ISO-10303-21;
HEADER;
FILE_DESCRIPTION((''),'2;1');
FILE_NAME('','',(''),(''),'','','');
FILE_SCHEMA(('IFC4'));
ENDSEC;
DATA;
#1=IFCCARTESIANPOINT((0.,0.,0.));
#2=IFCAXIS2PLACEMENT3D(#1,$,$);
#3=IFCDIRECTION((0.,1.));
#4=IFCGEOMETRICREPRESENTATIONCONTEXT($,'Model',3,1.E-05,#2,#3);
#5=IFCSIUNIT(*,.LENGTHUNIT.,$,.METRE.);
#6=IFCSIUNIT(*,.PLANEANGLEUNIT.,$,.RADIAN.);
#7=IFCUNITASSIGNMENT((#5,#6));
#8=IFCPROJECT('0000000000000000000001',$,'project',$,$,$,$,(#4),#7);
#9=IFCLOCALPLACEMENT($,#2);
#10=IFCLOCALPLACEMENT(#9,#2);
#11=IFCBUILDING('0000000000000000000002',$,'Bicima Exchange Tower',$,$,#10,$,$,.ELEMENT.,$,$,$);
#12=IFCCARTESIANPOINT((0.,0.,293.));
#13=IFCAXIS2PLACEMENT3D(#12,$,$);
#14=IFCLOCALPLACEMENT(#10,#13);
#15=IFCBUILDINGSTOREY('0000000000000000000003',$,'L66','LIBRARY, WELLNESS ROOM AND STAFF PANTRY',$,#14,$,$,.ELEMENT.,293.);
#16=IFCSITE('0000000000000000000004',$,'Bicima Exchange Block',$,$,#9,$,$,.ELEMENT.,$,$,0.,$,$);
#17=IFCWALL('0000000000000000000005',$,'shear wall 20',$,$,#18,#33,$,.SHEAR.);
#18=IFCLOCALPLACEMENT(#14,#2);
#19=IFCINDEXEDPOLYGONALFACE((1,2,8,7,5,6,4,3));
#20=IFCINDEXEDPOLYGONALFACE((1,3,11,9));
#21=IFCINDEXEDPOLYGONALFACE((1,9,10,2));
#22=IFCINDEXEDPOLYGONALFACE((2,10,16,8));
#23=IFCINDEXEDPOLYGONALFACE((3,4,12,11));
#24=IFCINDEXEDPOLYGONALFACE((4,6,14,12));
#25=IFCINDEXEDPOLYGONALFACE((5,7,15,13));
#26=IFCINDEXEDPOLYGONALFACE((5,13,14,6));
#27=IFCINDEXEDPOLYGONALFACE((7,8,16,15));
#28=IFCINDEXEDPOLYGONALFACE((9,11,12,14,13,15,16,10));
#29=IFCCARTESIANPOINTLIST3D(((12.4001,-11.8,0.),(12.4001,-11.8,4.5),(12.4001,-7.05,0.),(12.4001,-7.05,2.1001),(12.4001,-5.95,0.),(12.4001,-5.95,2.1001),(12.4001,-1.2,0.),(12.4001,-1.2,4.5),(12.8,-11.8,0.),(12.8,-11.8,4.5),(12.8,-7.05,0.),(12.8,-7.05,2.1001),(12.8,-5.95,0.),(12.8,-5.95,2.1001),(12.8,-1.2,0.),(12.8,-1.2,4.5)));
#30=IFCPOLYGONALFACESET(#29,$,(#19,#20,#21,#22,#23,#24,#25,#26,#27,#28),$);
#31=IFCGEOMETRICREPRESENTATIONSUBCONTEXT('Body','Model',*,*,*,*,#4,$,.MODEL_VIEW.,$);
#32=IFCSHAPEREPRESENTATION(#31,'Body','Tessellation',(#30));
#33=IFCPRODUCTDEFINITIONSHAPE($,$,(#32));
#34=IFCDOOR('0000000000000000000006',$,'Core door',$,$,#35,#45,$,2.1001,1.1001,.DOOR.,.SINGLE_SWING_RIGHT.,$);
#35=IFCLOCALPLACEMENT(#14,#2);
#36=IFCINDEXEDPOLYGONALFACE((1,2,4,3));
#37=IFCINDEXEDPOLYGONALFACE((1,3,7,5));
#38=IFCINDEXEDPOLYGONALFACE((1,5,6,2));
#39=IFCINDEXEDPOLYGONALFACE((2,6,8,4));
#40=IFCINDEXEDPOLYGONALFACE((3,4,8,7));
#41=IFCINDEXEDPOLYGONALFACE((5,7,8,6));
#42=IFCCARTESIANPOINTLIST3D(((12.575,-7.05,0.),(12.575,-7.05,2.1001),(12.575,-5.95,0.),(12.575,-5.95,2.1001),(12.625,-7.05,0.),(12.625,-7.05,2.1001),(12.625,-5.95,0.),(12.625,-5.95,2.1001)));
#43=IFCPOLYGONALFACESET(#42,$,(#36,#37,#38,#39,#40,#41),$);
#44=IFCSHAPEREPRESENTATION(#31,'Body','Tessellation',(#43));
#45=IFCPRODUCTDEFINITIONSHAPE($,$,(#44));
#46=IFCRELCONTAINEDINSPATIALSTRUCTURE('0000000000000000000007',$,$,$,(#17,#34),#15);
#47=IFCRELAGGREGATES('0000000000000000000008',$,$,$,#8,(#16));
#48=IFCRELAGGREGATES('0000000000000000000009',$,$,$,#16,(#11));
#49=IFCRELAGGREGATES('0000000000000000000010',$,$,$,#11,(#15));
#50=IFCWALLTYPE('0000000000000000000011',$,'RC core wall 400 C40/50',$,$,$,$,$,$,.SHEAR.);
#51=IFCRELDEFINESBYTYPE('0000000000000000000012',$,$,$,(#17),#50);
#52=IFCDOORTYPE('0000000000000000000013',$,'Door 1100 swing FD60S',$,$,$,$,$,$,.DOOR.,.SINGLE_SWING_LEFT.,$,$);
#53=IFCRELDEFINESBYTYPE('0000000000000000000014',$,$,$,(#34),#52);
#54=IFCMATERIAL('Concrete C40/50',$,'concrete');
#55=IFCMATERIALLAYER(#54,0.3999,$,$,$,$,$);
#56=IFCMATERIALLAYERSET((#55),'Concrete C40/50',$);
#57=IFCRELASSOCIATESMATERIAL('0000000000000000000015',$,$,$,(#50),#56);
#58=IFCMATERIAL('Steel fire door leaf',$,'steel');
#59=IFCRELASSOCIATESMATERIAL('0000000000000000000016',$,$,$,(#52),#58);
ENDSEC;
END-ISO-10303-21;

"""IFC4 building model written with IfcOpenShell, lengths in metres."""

from ifc_helpers import new_model, si_unit, direction, frame, frame_2d, origin, place, context, subcontext, project, spatial, rectangle, extrude, material, layer, layer_set, type_object, element, fill, save


model = new_model("IFC4")

# Units and contexts
model_context = context("Model", 3, precision=1e-05, world=origin(), true_north=direction((0.0, 1.0)))
body_context = subcontext(model_context, "Body", "Model", "MODEL_VIEW")
ifc_project = project(units=[si_unit("LENGTHUNIT", "METRE"), si_unit("PLANEANGLEUNIT", "RADIAN")], contexts=[model_context])

# Site, building, storey
site_placement = place(None, origin())
site = spatial("IfcSite", under=ifc_project, at=site_placement, Name="Bicima Exchange Block", CompositionType="ELEMENT", RefElevation=0.0)
building_placement = place(site_placement, origin())
building = spatial("IfcBuilding", under=site, at=building_placement, Name="Bicima Exchange Tower", CompositionType="ELEMENT")
storey_placement = place(building_placement, frame((0.0, 0.0, 293.0)))
storey = spatial("IfcBuildingStorey", under=building, at=storey_placement, Name="L66", Description="LIBRARY, WELLNESS ROOM AND STAFF PANTRY", CompositionType="ELEMENT", Elevation=293.0)

# Wall, opening, door
ifc_material_1 = material(Name="Concrete C40/50", Category="concrete")
ifc_layer_1 = layer(ifc_material_1, 0.3999)
ifc_layer_set_1 = layer_set([ifc_layer_1], Name="Concrete C40/50")
wall_type_1 = type_object("IfcWallType", Name="RC core wall 400 C40/50", PredefinedType="SHEAR", material=ifc_layer_set_1)
wall_1_placement = place(storey_placement, frame((12.6001, -11.8, 0.0), z_axis=(0.0, 0.0, 1.0), x_axis=(0.0, 1.0, 0.0)))
wall_1 = element("IfcWall", 1, at=wall_1_placement, inside=storey, type_object=wall_type_1, Name="shear wall 20", PredefinedType="SHEAR", context=body_context, shape_type="SweptSolid", body=[
    extrude(rectangle(XDim=10.6001, YDim=0.3999, at=frame_2d((5.3, 0.0))), origin(), (0.0, 0.0, 1.0), 4.5),
])
opening_1_placement = place(wall_1_placement, frame((4.75, 0.0, 0.0)))
opening_1 = element("IfcOpeningElement", 2, at=opening_1_placement, cuts=wall_1, PredefinedType="OPENING", context=body_context, shape_type="SweptSolid", body=[
    extrude(rectangle(XDim=1.1001, YDim=2.1001, at=frame_2d((0.55, 1.05))), frame((0.0, 0.2119, 0.0), z_axis=(0.0, -1.0, 0.0), x_axis=(1.0, 0.0, 0.0)), (0.0, 0.0, 1.0), 0.4238),
])
ifc_material_2 = material(Name="Steel fire door leaf", Category="steel")
door_type_1 = type_object("IfcDoorType", Name="Door 1100 swing FD60S", OperationType="SINGLE_SWING_LEFT", PredefinedType="DOOR", material=ifc_material_2)
door_1_placement = place(opening_1_placement, frame((1.1001, 0.0, 0.0), z_axis=(0.0, 0.0, 1.0), x_axis=(-1.0, 0.0, 0.0)))
door_1 = element("IfcDoor", 3, at=door_1_placement, inside=storey, type_object=door_type_1, Name="Core door", OperationType="SINGLE_SWING_RIGHT", OverallHeight=2.1001, OverallWidth=1.1001, PredefinedType="DOOR", context=body_context, shape_type="SweptSolid", body=[
    extrude(rectangle(XDim=1.1001, YDim=2.1001, at=frame_2d((0.55, 1.05))), frame((0.0, 0.0249, 0.0), z_axis=(0.0, -1.0, 0.0), x_axis=(1.0, 0.0, 0.0)), (0.0, 0.0, 1.0), 0.05),
])
fill(opening_1, door_1)

save(model, "model.ifc")
